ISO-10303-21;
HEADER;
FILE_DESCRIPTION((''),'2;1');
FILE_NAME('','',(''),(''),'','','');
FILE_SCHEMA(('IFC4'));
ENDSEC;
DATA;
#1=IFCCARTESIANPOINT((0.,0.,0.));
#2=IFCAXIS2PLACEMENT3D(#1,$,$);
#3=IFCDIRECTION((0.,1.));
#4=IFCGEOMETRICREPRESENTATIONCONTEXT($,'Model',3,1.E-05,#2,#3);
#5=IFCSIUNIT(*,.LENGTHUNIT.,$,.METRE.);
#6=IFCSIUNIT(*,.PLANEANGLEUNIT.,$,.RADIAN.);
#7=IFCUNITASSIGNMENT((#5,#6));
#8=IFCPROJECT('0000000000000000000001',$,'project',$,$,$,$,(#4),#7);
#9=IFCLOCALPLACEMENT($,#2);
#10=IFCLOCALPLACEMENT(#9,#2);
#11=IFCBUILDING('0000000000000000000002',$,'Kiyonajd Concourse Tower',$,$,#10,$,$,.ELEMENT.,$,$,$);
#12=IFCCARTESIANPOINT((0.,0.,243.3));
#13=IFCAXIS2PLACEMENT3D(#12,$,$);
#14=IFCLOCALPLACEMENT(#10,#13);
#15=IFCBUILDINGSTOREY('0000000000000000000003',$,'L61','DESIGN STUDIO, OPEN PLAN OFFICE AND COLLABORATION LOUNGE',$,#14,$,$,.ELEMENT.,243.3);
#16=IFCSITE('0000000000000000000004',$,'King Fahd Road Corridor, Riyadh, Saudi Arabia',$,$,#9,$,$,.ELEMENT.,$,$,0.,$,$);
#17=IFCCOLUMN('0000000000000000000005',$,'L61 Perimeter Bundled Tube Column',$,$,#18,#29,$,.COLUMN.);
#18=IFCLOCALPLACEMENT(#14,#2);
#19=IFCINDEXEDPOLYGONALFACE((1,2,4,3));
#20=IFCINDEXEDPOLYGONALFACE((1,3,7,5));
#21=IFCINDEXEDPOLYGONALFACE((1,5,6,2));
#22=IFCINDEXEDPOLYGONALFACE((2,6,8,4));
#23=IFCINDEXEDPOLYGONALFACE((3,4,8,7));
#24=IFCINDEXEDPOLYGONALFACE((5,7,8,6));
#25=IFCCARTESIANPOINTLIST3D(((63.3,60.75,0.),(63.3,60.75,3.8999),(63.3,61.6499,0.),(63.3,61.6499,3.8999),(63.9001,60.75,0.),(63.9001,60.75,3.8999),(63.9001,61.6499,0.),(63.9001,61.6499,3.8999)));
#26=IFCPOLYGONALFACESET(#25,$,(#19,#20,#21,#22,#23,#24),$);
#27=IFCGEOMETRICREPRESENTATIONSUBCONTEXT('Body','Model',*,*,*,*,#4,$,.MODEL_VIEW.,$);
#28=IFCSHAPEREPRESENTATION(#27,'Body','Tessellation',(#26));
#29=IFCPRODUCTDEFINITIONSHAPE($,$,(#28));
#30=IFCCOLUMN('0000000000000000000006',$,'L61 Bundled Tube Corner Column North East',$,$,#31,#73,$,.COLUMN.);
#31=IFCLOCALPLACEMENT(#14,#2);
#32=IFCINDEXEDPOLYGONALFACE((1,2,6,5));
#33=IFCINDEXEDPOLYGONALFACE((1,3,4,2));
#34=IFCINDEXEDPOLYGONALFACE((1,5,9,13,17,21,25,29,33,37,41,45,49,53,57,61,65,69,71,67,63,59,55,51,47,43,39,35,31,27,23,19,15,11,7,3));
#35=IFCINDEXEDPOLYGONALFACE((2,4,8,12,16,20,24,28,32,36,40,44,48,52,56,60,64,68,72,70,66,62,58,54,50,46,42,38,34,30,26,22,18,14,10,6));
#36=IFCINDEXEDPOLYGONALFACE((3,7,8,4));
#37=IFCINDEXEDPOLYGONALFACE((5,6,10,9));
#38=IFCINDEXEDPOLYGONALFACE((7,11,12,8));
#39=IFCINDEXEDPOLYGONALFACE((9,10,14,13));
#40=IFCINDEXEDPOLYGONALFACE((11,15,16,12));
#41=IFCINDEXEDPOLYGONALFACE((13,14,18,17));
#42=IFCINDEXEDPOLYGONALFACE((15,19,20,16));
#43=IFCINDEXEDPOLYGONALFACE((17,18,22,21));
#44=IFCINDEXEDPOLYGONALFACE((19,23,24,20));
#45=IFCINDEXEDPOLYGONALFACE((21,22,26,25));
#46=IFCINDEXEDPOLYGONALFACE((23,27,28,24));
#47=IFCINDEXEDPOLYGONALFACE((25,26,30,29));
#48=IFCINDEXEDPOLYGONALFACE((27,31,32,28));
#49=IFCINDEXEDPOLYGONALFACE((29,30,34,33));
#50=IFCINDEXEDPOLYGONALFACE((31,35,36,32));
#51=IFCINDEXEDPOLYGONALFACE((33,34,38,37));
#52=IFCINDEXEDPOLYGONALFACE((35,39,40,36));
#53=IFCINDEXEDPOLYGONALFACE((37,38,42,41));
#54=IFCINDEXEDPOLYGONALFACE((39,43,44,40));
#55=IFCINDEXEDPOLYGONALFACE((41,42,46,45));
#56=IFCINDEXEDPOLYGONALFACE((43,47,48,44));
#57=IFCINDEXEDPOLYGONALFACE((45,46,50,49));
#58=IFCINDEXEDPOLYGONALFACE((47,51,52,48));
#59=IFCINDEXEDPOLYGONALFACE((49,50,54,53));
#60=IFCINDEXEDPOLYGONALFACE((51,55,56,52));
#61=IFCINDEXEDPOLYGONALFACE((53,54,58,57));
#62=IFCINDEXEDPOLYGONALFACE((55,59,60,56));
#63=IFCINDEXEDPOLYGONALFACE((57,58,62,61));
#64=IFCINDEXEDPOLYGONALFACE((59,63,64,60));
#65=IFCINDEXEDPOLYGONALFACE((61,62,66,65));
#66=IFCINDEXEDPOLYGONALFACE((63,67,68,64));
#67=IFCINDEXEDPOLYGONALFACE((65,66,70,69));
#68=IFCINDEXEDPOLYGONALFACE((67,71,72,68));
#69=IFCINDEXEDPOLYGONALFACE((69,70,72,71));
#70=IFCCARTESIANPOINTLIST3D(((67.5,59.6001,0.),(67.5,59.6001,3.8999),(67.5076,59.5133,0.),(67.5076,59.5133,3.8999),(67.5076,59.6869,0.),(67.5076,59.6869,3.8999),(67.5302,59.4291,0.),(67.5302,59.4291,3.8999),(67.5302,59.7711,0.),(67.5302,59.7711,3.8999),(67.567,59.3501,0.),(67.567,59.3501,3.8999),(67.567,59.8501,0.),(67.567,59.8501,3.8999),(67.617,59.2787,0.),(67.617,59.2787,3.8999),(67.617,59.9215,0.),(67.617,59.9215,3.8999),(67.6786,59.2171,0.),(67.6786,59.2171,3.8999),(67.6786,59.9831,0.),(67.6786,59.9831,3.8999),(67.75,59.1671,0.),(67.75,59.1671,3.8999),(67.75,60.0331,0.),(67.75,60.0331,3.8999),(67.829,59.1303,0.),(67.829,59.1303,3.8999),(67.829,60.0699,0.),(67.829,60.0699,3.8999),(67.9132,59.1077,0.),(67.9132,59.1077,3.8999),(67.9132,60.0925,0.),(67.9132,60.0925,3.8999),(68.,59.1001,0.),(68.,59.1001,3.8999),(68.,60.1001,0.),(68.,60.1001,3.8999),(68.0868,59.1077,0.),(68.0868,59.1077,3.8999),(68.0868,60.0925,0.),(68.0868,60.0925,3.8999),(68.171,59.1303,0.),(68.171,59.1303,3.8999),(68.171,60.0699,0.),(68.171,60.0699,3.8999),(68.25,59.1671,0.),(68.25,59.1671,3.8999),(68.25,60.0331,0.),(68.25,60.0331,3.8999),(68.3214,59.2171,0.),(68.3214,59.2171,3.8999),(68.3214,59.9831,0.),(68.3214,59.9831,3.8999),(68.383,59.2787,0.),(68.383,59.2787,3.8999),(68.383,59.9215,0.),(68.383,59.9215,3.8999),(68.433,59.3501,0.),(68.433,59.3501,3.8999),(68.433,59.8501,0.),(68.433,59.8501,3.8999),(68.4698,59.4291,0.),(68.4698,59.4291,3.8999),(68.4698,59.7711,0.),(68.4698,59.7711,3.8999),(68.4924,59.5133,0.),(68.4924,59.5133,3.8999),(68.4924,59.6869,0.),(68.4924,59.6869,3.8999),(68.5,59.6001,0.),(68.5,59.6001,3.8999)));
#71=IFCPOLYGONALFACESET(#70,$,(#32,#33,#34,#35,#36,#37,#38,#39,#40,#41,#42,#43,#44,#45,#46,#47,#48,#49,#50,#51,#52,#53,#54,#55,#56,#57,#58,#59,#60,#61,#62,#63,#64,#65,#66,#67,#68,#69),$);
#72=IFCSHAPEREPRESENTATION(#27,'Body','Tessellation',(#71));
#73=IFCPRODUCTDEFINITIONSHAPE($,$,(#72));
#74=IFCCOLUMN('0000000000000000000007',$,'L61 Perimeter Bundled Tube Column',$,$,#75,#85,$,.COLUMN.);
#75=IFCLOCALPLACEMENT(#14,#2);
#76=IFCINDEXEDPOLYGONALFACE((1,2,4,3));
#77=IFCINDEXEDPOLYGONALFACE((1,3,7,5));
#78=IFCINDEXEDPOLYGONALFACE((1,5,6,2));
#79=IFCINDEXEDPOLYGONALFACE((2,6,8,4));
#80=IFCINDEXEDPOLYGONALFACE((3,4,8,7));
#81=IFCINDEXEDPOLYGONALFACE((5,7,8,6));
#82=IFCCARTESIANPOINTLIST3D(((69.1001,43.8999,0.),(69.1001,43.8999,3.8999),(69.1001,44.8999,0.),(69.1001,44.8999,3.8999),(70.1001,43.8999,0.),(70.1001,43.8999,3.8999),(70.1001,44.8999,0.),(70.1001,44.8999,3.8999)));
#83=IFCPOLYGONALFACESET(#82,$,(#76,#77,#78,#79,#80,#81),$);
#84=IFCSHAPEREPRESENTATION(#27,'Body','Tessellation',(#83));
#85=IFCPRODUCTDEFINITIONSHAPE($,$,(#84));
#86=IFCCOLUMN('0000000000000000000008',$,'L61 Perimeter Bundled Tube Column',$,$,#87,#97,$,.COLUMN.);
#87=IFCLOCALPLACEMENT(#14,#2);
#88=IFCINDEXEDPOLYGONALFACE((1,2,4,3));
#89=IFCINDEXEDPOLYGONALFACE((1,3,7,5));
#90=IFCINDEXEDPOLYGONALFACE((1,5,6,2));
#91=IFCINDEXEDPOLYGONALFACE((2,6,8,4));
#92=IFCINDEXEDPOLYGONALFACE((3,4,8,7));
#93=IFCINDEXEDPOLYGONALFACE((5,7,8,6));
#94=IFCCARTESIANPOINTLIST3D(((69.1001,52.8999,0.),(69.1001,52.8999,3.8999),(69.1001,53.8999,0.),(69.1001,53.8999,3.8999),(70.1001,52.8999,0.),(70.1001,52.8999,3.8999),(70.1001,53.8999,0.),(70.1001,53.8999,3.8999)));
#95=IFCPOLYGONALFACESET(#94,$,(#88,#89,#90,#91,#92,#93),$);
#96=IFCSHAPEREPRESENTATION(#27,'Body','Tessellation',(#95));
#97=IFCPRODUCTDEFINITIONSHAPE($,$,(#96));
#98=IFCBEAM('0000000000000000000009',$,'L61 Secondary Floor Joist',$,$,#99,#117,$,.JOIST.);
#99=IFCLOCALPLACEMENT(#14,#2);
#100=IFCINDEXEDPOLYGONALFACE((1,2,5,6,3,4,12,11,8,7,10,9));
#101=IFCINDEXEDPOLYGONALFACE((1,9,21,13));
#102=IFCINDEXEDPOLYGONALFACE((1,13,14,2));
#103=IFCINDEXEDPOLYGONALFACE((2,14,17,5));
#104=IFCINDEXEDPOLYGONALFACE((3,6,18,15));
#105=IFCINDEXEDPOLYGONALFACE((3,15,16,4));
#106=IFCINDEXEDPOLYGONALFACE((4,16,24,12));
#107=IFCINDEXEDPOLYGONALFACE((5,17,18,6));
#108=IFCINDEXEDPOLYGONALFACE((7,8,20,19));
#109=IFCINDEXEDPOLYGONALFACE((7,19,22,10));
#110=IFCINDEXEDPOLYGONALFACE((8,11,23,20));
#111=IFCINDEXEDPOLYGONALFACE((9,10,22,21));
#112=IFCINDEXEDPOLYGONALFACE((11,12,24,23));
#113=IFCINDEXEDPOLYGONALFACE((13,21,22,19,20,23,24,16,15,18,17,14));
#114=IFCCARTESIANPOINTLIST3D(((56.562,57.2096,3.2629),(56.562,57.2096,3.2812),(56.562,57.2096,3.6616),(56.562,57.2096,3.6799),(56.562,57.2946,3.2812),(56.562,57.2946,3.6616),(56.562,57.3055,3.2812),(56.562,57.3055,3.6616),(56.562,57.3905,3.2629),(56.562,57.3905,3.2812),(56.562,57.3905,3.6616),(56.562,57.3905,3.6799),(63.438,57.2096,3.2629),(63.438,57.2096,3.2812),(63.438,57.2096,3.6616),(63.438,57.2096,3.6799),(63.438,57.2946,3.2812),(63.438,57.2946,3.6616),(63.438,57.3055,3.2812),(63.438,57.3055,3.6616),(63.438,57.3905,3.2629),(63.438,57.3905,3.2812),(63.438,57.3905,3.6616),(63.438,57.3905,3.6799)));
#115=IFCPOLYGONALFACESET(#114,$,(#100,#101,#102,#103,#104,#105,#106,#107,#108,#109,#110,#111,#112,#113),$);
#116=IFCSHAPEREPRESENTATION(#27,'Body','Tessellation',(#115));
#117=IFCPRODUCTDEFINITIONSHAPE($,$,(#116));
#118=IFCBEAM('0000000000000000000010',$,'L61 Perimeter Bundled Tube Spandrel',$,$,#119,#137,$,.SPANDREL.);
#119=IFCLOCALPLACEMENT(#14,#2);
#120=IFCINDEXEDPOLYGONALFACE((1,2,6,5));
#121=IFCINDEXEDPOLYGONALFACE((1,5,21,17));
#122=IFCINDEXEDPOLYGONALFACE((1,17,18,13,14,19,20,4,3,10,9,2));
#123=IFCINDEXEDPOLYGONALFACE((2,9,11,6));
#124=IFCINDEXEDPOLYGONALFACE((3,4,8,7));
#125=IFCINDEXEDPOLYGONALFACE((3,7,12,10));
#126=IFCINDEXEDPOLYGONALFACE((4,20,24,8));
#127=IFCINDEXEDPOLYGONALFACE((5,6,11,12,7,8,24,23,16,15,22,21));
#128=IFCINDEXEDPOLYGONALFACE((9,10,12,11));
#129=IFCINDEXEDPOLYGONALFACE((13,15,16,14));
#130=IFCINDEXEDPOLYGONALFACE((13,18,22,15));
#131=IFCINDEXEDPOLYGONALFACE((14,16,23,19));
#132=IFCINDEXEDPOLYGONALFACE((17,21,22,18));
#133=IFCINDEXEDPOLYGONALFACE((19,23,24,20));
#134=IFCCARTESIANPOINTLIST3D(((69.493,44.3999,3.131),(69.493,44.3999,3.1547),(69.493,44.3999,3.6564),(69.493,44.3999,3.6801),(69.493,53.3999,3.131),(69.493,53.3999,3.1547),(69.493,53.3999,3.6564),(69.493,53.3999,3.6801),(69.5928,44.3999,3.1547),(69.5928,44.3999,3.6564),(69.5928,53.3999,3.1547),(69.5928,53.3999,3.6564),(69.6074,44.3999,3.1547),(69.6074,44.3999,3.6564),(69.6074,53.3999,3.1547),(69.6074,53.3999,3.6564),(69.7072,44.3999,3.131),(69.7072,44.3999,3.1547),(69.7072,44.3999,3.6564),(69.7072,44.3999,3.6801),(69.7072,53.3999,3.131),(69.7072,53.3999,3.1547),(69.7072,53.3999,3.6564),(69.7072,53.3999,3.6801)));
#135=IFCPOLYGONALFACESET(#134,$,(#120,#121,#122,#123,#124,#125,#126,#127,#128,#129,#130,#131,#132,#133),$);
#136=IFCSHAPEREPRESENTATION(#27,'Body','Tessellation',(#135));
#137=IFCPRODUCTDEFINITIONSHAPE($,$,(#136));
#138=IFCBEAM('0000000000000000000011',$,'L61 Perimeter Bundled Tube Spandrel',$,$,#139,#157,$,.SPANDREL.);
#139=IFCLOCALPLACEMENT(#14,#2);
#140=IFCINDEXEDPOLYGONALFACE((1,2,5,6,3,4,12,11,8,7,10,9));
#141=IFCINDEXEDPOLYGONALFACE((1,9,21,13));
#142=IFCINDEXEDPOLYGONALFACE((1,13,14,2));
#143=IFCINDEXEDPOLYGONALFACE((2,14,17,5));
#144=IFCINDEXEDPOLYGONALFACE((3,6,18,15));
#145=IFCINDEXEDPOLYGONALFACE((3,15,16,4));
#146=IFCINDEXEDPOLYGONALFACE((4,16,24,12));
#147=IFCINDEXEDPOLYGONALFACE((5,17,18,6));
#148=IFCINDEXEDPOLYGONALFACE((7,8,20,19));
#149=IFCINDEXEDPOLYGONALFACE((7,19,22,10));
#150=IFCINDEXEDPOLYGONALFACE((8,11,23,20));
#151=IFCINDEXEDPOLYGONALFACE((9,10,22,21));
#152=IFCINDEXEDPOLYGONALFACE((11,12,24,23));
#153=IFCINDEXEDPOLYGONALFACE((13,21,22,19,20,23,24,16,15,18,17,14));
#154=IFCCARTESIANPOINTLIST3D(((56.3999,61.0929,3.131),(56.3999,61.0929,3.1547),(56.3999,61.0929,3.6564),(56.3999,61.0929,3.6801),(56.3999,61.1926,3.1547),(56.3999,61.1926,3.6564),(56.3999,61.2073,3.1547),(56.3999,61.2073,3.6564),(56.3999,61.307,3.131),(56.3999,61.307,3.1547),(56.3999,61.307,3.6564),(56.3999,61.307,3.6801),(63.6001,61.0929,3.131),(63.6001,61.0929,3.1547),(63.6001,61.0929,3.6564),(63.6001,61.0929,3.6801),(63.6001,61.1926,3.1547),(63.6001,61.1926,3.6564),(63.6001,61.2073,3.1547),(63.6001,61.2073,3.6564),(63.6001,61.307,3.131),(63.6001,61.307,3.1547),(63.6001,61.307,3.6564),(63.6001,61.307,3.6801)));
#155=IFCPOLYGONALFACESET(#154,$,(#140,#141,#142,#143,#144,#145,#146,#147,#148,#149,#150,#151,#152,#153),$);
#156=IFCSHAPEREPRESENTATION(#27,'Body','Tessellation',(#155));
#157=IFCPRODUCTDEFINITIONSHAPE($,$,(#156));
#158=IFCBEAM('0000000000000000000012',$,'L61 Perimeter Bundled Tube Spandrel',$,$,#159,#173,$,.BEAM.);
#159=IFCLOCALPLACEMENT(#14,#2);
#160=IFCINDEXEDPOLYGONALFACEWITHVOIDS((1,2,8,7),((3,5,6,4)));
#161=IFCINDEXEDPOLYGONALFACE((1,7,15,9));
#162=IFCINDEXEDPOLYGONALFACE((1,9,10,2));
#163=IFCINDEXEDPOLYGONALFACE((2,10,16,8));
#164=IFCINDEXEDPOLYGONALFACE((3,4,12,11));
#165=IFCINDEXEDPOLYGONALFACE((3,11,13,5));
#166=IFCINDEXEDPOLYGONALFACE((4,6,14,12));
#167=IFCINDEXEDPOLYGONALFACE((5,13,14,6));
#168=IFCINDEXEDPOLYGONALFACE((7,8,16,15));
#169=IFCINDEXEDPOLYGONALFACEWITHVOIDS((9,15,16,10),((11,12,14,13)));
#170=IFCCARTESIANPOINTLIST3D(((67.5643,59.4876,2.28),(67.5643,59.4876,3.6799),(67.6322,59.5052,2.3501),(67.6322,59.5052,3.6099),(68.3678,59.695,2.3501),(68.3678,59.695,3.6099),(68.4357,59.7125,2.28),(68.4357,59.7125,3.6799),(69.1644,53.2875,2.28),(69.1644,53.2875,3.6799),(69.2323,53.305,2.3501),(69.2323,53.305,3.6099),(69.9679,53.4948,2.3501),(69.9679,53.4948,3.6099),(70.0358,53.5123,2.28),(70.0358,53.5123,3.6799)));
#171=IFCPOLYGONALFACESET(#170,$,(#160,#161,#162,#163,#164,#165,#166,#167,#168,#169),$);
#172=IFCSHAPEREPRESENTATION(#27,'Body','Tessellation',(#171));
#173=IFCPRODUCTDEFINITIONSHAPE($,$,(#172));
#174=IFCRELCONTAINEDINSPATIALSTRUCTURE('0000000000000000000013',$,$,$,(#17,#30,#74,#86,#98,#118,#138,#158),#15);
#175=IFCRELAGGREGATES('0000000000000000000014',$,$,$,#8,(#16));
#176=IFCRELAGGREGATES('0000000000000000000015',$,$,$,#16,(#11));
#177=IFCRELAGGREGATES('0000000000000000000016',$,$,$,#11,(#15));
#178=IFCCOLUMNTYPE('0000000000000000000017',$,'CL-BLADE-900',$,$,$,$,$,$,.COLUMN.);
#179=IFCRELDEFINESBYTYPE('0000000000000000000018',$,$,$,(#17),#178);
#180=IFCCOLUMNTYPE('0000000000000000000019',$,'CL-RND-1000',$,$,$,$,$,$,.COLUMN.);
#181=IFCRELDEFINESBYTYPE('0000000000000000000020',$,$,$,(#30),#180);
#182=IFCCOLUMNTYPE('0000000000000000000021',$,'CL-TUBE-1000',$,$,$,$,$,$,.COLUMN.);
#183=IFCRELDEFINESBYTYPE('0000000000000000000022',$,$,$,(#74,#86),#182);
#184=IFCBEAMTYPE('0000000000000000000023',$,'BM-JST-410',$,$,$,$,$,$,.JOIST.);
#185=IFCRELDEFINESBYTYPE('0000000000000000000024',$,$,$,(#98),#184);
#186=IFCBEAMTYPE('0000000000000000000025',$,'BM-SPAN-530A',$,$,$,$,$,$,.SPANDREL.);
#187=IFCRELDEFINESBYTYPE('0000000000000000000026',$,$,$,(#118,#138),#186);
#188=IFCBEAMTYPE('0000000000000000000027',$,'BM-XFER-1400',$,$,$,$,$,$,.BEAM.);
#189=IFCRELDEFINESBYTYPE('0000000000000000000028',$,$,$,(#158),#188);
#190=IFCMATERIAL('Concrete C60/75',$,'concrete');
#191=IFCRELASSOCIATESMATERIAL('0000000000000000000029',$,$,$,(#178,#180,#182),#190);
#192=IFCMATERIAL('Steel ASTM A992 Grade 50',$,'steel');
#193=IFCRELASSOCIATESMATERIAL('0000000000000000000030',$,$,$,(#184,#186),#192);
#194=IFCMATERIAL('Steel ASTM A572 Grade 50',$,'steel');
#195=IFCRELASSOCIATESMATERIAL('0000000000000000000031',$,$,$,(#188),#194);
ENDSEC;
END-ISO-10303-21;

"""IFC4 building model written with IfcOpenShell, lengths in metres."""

from ifc_helpers import new_model, si_unit, direction, frame, origin, origin_2d, place, context, subcontext, project, spatial, rectangle, hollow_rectangle, circle, i_section, extrude, material, material_profile, profile_set, type_object, element, save


model = new_model("IFC4")

# Units and contexts
model_context = context("Model", 3, precision=1e-05, world=origin(), true_north=direction((0.0, 1.0)))
body_context = subcontext(model_context, "Body", "Model", "MODEL_VIEW")
ifc_project = project(units=[si_unit("LENGTHUNIT", "METRE"), si_unit("PLANEANGLEUNIT", "RADIAN")], contexts=[model_context])

# Site, building, storey
site_placement = place(None, origin())
site = spatial("IfcSite", under=ifc_project, at=site_placement, Name="King Fahd Road Corridor, Riyadh, Saudi Arabia", CompositionType="ELEMENT", RefElevation=0.0)
building_placement = place(site_placement, origin())
building = spatial("IfcBuilding", under=site, at=building_placement, Name="Kiyonajd Concourse Tower", CompositionType="ELEMENT")
storey_placement = place(building_placement, frame((0.0, 0.0, 243.3)))
storey = spatial("IfcBuildingStorey", under=building, at=storey_placement, Name="L61", Description="DESIGN STUDIO, OPEN PLAN OFFICE AND COLLABORATION LOUNGE", CompositionType="ELEMENT", Elevation=243.3)

# Columns
ifc_material_1 = material(Name="Concrete C60/75", Category="concrete")
ifc_material_profile_1 = material_profile(ifc_material_1, rectangle(XDim=0.6001, YDim=0.8999, at=origin_2d()), Name="RC-900x600")
ifc_profile_set_1 = profile_set([ifc_material_profile_1], Name="Concrete C60/75")
column_type_1 = type_object("IfcColumnType", Name="CL-BLADE-900", PredefinedType="COLUMN", material=ifc_profile_set_1)
column_1_placement = place(storey_placement, frame((63.6001, 61.2, 0.0), z_axis=(0.0, 0.0, 1.0), x_axis=(1.0, 0.0, 0.0)))
element("IfcColumn", 1, at=column_1_placement, inside=storey, type_object=column_type_1, Name="L61 Perimeter Bundled Tube Column", PredefinedType="COLUMN", context=body_context, shape_type="SweptSolid", body=[
    extrude(rectangle(XDim=0.6001, YDim=0.8999, at=origin_2d()), origin(), (0.0, 0.0, 1.0), 3.8999),
])
ifc_material_profile_2 = material_profile(ifc_material_1, circle(Radius=0.5, at=origin_2d()), Name="RCC-D1000")
ifc_profile_set_2 = profile_set([ifc_material_profile_2], Name="Concrete C60/75")
column_type_2 = type_object("IfcColumnType", Name="CL-RND-1000", PredefinedType="COLUMN", material=ifc_profile_set_2)
column_2_placement = place(storey_placement, frame((68.0, 59.6001, 0.0), z_axis=(0.0, 0.0, 1.0), x_axis=(1.0, 0.0, 0.0)))
element("IfcColumn", 2, at=column_2_placement, inside=storey, type_object=column_type_2, Name="L61 Bundled Tube Corner Column North East", PredefinedType="COLUMN", context=body_context, shape_type="SweptSolid", body=[
    extrude(circle(Radius=0.5, at=origin_2d()), origin(), (0.0, 0.0, 1.0), 3.8999),
])
ifc_material_profile_3 = material_profile(ifc_material_1, rectangle(XDim=1.0, YDim=1.0, at=origin_2d()), Name="RC-1000x1000")
ifc_profile_set_3 = profile_set([ifc_material_profile_3], Name="Concrete C60/75")
column_type_3 = type_object("IfcColumnType", Name="CL-TUBE-1000", PredefinedType="COLUMN", material=ifc_profile_set_3)
for number, where, z_axis, x_axis, name in (
    (3, (69.6001, 44.3999, 0.0), (0.0, 0.0, 1.0), (1.0, 0.0, 0.0), "L61 Perimeter Bundled Tube Column"),
    (4, (69.6001, 53.3999, 0.0), (0.0, 0.0, 1.0), (1.0, 0.0, 0.0), "L61 Perimeter Bundled Tube Column"),
):
    element("IfcColumn", number, at=place(storey_placement, frame(where, z_axis=z_axis, x_axis=x_axis)), inside=storey, type_object=column_type_3, Name=name, PredefinedType="COLUMN", context=body_context, shape_type="SweptSolid", body=[
        extrude(rectangle(XDim=1.0, YDim=1.0, at=origin_2d()), origin(), (0.0, 0.0, 1.0), 3.8999),
    ])

# Beams
ifc_material_2 = material(Name="Steel ASTM A992 Grade 50", Category="steel")
ifc_material_profile_4 = material_profile(ifc_material_2, i_section(OverallWidth=0.1809, OverallDepth=0.417, WebThickness=0.011, FlangeThickness=0.0183, at=origin_2d()), Name="W410X85")
ifc_profile_set_4 = profile_set([ifc_material_profile_4], Name="Steel ASTM A992 Grade 50")
beam_type_1 = type_object("IfcBeamType", Name="BM-JST-410", PredefinedType="JOIST", material=ifc_profile_set_4)
beam_1_placement = place(storey_placement, frame((56.562, 57.3, 3.4714), z_axis=(1.0, 0.0, 0.0), x_axis=(0.0, 1.0, 0.0)))
element("IfcBeam", 5, at=beam_1_placement, inside=storey, type_object=beam_type_1, Name="L61 Secondary Floor Joist", PredefinedType="JOIST", context=body_context, shape_type="SweptSolid", body=[
    extrude(i_section(OverallWidth=0.1809, OverallDepth=0.417, WebThickness=0.011, FlangeThickness=0.0183, at=origin_2d()), origin(), (0.0, 0.0, 1.0), 6.876),
])
ifc_material_profile_5 = material_profile(ifc_material_2, i_section(OverallWidth=0.2141, OverallDepth=0.5491, WebThickness=0.0146, FlangeThickness=0.0237, at=origin_2d()), Name="W530X138")
ifc_profile_set_5 = profile_set([ifc_material_profile_5], Name="Steel ASTM A992 Grade 50")
beam_type_2 = type_object("IfcBeamType", Name="BM-SPAN-530A", PredefinedType="SPANDREL", material=ifc_profile_set_5)
beam_2_placement = place(storey_placement, frame((69.6001, 44.3999, 3.4055), z_axis=(0.0, 1.0, 0.0), x_axis=(-1.0, 0.0, 0.0)))
element("IfcBeam", 6, at=beam_2_placement, inside=storey, type_object=beam_type_2, Name="L61 Perimeter Bundled Tube Spandrel", PredefinedType="SPANDREL", context=body_context, shape_type="SweptSolid", body=[
    extrude(i_section(OverallWidth=0.2141, OverallDepth=0.5491, WebThickness=0.0146, FlangeThickness=0.0237, at=origin_2d()), origin(), (0.0, 0.0, 1.0), 9.0),
])
beam_3_placement = place(storey_placement, frame((63.6001, 61.2, 3.4055), z_axis=(-1.0, 0.0, 0.0), x_axis=(0.0, -1.0, 0.0)))
element("IfcBeam", 7, at=beam_3_placement, inside=storey, type_object=beam_type_2, Name="L61 Perimeter Bundled Tube Spandrel", PredefinedType="SPANDREL", context=body_context, shape_type="SweptSolid", body=[
    extrude(i_section(OverallWidth=0.2141, OverallDepth=0.5491, WebThickness=0.0146, FlangeThickness=0.0237, at=origin_2d()), origin(), (0.0, 0.0, 1.0), 7.2002),
])
ifc_material_3 = material(Name="Steel ASTM A572 Grade 50", Category="steel")
ifc_material_profile_6 = material_profile(ifc_material_3, hollow_rectangle(XDim=0.8999, YDim=1.3999, WallThickness=0.0701, at=origin_2d()), Name="BOX-1400x900x70")
ifc_profile_set_6 = profile_set([ifc_material_profile_6], Name="Steel ASTM A572 Grade 50")
beam_type_3 = type_object("IfcBeamType", Name="BM-XFER-1400", PredefinedType="BEAM", material=ifc_profile_set_6)
beam_4_placement = place(storey_placement, frame((69.6001, 53.3999, 2.98), z_axis=(-0.249885, 0.968276, 0.0), x_axis=(-0.968276, -0.249885, 0.0)))
element("IfcBeam", 8, at=beam_4_placement, inside=storey, type_object=beam_type_3, Name="L61 Perimeter Bundled Tube Spandrel", PredefinedType="BEAM", context=body_context, shape_type="SweptSolid", body=[
    extrude(hollow_rectangle(XDim=0.8999, YDim=1.3999, WallThickness=0.0701, at=origin_2d()), origin(), (0.0, 0.0, 1.0), 6.4033),
])

save(model, "model.ifc")
